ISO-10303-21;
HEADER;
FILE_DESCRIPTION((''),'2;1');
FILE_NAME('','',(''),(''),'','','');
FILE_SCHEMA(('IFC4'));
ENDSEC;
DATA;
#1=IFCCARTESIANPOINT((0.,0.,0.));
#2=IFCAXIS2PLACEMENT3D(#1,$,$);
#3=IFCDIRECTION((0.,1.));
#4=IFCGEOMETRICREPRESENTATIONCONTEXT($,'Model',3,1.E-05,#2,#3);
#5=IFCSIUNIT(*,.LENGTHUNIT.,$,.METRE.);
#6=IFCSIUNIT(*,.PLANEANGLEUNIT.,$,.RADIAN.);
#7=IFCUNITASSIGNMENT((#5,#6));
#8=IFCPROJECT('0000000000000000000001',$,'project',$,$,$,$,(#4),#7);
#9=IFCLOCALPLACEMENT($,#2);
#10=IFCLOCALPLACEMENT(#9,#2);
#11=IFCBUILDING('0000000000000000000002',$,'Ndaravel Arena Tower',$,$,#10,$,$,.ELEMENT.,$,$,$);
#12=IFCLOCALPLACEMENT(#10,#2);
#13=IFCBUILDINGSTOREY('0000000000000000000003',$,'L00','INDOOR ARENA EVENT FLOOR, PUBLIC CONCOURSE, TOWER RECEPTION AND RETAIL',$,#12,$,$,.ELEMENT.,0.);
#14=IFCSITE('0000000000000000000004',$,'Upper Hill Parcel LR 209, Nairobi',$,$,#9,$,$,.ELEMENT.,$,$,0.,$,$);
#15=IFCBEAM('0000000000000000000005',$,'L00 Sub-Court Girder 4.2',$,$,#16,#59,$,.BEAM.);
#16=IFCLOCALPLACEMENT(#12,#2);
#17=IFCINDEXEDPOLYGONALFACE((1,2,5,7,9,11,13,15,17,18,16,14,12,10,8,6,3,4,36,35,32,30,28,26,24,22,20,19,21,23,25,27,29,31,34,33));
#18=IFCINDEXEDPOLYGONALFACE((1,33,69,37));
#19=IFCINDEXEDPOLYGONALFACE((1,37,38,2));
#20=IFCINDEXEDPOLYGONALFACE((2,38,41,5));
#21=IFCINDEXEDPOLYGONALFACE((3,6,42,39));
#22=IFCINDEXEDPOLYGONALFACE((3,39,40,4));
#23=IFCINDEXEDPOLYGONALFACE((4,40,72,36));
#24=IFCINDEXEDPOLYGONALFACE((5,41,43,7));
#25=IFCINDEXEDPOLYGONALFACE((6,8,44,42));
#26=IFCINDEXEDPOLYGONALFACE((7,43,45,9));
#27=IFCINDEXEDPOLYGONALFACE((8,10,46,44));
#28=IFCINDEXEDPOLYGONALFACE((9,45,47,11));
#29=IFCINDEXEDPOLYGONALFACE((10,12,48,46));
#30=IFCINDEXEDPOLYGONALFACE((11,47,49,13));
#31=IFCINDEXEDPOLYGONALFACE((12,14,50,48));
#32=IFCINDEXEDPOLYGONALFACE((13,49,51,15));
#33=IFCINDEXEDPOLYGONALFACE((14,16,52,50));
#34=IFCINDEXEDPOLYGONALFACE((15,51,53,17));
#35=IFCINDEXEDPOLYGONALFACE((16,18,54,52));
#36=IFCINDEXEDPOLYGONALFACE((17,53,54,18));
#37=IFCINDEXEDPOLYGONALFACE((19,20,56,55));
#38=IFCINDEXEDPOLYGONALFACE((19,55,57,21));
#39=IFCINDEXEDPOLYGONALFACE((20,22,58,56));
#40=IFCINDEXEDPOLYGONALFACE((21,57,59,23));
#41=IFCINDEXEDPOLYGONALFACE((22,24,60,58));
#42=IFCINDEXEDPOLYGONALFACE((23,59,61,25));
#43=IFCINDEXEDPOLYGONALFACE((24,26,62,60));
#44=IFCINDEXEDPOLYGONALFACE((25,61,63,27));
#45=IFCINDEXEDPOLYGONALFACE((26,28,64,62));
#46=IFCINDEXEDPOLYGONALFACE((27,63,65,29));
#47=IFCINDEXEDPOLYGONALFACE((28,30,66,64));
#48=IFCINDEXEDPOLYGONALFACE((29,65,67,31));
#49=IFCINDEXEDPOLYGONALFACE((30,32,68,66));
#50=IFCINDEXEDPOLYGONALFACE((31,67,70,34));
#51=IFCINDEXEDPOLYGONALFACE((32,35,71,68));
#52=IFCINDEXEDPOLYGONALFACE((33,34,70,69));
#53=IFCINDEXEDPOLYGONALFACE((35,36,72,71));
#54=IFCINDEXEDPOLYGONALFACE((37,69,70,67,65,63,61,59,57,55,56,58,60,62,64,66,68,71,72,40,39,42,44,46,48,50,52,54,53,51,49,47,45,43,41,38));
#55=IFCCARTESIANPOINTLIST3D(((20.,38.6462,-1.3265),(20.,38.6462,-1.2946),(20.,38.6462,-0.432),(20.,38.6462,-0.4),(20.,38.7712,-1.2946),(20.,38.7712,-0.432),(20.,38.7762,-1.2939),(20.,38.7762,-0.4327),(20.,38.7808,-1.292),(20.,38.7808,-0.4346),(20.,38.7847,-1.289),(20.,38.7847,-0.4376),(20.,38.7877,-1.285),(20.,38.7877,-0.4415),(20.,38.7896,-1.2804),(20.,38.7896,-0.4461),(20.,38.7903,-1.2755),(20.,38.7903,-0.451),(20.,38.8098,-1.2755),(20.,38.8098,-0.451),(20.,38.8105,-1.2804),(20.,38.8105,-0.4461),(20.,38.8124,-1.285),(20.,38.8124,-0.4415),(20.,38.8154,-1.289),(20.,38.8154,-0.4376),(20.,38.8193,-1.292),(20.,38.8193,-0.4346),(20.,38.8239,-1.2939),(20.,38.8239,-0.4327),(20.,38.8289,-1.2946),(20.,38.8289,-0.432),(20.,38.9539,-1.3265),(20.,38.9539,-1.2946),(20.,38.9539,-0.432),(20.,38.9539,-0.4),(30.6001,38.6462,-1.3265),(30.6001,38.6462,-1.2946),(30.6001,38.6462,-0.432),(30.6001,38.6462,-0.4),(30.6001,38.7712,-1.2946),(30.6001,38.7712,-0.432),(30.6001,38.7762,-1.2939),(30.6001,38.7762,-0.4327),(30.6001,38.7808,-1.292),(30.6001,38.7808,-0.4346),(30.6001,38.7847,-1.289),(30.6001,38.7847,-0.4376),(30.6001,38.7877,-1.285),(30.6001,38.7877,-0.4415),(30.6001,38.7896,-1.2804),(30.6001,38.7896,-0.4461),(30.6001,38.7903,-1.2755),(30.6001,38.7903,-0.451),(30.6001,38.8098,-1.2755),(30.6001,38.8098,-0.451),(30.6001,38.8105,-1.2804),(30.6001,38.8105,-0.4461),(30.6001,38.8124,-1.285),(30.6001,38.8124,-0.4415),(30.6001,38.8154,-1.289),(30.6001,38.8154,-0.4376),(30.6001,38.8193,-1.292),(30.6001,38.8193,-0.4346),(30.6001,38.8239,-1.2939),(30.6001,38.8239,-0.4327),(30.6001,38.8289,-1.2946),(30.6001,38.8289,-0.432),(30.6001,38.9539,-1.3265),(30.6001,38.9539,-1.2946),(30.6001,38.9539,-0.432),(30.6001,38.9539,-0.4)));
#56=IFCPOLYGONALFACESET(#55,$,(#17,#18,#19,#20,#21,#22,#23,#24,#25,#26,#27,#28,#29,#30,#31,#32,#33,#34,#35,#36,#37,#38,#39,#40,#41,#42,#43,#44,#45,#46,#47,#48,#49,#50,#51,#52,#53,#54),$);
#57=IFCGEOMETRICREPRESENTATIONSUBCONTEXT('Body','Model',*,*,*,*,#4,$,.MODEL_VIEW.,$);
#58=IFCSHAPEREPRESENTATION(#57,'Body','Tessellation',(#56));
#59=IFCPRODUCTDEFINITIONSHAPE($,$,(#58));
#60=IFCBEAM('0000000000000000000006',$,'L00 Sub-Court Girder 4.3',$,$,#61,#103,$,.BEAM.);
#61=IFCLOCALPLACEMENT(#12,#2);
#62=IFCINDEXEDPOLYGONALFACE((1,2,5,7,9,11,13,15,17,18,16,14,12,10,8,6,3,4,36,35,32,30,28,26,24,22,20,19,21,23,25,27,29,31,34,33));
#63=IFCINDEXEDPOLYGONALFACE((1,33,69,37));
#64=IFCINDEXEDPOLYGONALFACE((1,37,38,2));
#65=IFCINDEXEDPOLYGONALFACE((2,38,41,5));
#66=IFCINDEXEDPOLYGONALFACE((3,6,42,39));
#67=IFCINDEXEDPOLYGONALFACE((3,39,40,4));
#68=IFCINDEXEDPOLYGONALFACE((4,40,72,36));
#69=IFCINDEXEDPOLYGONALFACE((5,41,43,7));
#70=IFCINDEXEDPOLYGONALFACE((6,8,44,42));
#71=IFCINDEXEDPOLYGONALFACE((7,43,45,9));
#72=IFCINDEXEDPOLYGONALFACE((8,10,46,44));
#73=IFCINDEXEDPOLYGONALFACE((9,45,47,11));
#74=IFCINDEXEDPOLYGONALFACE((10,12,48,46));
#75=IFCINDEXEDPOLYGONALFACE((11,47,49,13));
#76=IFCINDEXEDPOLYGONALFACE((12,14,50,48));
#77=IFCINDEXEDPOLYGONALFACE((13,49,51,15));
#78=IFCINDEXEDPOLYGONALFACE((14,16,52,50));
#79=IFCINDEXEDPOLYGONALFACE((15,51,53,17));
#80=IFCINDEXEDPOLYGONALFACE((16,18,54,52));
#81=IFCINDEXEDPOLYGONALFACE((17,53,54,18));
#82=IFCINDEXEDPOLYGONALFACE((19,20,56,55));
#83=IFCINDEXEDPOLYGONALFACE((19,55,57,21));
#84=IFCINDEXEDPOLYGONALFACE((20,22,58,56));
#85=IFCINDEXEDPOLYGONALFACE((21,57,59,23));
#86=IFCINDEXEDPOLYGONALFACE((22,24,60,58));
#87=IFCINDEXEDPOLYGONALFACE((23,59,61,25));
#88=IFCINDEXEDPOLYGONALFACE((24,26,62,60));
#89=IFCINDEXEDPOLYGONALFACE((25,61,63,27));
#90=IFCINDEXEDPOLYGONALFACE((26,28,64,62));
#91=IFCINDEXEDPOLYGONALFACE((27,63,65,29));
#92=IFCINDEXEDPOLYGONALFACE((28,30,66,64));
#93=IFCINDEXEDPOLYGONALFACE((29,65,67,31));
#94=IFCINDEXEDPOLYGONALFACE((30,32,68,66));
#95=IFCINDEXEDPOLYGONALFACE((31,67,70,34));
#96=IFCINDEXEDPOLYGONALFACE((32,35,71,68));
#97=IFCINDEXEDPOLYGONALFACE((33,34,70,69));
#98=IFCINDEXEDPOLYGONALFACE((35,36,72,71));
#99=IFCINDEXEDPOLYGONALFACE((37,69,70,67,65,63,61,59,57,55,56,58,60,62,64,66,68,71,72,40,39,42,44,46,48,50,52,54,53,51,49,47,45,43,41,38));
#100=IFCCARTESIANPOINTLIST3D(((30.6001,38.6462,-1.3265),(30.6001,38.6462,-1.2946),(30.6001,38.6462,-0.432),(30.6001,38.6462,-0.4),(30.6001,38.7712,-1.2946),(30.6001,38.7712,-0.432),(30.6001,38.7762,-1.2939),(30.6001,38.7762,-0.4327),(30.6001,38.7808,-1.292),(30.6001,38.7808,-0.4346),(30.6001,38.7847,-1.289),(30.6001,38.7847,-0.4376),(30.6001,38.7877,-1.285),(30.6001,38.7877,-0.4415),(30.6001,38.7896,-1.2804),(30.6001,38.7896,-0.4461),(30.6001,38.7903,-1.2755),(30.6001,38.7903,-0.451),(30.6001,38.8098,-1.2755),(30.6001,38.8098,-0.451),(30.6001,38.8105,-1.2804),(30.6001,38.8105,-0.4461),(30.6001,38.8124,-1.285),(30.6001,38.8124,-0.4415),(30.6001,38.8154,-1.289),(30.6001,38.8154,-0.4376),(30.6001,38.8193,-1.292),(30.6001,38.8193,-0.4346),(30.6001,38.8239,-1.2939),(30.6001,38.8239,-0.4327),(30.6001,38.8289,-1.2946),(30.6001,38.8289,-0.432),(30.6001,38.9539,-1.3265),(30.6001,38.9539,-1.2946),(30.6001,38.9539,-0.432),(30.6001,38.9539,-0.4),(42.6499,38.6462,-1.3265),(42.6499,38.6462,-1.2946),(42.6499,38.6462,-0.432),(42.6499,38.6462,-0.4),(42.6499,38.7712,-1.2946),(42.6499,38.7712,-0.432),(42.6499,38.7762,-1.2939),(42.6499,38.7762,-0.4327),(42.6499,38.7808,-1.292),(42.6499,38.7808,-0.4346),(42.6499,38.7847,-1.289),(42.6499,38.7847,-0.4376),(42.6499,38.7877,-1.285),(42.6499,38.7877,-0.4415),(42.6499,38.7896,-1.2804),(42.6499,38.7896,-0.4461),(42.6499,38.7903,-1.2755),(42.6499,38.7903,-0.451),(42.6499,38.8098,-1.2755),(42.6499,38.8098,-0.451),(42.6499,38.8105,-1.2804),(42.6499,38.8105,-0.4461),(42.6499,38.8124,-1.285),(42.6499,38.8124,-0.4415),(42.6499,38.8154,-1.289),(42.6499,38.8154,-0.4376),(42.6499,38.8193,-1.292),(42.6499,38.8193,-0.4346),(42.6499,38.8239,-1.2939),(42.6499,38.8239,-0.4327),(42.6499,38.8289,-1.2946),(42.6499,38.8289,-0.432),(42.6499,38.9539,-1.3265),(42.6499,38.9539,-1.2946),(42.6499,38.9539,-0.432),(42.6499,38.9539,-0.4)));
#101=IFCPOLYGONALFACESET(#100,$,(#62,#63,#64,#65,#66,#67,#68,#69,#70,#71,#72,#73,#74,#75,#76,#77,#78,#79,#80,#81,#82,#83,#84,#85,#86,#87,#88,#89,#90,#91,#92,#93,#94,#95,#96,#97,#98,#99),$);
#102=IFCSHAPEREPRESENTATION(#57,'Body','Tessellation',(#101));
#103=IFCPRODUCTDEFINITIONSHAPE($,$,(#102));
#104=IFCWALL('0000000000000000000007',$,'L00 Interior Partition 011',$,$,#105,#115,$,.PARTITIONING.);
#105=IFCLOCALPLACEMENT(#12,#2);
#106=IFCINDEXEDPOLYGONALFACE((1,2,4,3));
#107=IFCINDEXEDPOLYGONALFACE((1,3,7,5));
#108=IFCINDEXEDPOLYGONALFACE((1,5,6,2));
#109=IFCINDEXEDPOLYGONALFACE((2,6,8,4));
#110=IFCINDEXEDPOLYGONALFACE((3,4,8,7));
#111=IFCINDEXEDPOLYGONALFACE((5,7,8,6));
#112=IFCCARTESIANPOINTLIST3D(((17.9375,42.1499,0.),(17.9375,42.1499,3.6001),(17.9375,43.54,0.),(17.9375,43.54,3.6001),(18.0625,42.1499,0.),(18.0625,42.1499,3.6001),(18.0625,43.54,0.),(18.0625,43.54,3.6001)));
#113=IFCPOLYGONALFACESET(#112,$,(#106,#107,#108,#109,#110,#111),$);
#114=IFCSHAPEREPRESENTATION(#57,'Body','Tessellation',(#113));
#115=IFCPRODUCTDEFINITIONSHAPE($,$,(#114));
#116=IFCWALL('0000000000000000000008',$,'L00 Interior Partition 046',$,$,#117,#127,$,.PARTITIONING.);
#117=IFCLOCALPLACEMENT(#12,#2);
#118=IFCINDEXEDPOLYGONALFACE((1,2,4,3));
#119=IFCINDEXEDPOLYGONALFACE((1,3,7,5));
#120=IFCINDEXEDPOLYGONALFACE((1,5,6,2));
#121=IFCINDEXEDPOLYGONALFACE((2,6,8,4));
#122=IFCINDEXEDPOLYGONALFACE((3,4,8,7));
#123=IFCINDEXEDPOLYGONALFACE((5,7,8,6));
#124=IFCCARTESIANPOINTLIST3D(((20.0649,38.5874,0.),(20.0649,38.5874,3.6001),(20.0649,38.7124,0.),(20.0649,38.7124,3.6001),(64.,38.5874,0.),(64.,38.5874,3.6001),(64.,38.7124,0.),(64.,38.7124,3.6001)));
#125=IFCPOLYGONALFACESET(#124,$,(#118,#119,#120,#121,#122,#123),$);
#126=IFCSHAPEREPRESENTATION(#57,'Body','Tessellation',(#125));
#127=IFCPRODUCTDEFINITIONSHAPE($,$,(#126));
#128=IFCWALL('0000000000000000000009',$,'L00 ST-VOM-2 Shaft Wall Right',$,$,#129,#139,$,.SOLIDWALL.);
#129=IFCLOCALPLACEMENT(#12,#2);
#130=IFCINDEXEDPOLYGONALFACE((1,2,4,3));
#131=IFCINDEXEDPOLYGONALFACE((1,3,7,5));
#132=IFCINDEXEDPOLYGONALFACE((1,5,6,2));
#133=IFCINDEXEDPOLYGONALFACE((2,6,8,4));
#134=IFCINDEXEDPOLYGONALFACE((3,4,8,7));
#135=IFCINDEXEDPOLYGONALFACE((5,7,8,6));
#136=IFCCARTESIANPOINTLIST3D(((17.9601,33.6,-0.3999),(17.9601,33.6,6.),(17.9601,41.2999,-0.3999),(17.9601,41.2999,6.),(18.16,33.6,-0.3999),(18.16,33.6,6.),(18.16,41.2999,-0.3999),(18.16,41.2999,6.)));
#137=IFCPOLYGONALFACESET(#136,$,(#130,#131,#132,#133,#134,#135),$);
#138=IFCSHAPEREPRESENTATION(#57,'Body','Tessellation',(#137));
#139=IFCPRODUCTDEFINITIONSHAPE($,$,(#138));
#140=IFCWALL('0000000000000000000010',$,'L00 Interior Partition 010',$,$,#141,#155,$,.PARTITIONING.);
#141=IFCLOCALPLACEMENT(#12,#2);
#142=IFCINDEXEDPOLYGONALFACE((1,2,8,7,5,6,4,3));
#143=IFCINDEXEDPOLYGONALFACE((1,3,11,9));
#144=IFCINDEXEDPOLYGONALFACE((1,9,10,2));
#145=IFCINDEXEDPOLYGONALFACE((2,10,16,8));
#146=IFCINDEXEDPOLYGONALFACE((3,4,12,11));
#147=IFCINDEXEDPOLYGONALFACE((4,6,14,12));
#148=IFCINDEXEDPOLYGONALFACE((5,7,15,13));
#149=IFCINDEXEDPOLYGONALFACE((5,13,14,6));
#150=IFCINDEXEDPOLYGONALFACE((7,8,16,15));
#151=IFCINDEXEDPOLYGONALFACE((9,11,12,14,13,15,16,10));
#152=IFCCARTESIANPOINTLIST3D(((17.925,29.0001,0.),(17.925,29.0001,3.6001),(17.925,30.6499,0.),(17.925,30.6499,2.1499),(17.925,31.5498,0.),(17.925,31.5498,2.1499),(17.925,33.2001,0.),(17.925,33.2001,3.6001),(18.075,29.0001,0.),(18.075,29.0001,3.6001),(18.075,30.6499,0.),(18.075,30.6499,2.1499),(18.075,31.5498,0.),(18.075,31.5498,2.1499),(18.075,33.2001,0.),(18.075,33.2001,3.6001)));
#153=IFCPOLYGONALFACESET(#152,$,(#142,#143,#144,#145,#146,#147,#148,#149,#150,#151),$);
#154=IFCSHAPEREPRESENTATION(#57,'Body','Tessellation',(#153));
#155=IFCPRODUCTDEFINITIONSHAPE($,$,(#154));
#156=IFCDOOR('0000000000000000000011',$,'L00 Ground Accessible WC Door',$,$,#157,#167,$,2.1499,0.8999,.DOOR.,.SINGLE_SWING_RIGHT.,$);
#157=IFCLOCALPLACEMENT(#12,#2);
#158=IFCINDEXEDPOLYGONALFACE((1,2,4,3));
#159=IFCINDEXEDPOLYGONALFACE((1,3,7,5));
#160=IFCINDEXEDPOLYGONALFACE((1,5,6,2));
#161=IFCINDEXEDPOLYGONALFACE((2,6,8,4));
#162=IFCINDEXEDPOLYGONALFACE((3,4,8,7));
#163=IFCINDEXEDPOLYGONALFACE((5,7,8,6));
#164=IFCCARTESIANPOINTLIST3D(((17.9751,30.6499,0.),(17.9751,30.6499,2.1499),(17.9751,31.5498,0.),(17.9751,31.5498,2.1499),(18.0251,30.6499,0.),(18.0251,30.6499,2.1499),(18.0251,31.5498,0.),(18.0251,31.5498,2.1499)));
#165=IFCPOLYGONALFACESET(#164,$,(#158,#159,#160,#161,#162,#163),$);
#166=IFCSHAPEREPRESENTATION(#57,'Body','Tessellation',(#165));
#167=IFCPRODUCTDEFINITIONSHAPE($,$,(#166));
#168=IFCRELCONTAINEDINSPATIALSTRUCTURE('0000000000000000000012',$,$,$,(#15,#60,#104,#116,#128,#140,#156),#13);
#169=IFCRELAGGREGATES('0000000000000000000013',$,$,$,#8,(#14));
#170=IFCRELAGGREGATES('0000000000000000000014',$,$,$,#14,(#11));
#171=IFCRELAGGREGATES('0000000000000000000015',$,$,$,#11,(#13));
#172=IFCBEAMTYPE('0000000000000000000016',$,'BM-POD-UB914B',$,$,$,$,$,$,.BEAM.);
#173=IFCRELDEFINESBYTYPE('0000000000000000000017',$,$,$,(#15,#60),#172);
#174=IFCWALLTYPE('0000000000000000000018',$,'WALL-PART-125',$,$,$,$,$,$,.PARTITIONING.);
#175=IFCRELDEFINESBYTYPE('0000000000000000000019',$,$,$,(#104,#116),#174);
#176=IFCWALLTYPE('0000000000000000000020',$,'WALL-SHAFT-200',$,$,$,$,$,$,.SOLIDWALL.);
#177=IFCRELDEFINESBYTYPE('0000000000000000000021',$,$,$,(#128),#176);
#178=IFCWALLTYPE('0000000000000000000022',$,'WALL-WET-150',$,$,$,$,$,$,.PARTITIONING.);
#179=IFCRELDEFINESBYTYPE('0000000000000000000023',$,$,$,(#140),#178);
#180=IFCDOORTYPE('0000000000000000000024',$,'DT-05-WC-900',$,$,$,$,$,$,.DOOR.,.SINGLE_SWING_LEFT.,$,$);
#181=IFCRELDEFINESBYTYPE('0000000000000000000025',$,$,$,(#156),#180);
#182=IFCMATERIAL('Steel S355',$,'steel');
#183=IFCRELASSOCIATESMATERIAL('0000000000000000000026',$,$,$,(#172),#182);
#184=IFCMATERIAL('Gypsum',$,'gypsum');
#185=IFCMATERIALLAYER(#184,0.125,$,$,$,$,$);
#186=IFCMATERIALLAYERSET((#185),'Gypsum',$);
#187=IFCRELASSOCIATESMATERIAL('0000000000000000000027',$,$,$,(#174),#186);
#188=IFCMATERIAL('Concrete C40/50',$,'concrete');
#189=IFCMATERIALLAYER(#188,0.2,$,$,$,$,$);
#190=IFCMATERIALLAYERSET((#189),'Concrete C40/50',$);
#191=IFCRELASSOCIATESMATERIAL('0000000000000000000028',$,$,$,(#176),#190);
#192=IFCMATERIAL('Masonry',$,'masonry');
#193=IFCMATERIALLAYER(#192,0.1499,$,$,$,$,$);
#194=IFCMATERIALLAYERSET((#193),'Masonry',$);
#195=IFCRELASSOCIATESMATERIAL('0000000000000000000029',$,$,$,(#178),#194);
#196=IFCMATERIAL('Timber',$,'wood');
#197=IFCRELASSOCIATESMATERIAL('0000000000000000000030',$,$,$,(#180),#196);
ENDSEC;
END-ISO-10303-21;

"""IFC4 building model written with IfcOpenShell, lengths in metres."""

from ifc_helpers import new_model, si_unit, direction, frame, frame_2d, origin, origin_2d, place, context, subcontext, project, spatial, rectangle, i_section, extrude, material, layer, layer_set, material_profile, profile_set, type_object, element, fill, save


model = new_model("IFC4")

# Units and contexts
model_context = context("Model", 3, precision=1e-05, world=origin(), true_north=direction((0.0, 1.0)))
body_context = subcontext(model_context, "Body", "Model", "MODEL_VIEW")
ifc_project = project(units=[si_unit("LENGTHUNIT", "METRE"), si_unit("PLANEANGLEUNIT", "RADIAN")], contexts=[model_context])

# Site, building, storey
site_placement = place(None, origin())
site = spatial("IfcSite", under=ifc_project, at=site_placement, Name="Upper Hill Parcel LR 209, Nairobi", CompositionType="ELEMENT", RefElevation=0.0)
building_placement = place(site_placement, origin())
building = spatial("IfcBuilding", under=site, at=building_placement, Name="Ndaravel Arena Tower", CompositionType="ELEMENT")
storey_placement = place(building_placement, origin())
storey = spatial("IfcBuildingStorey", under=building, at=storey_placement, Name="L00", Description="INDOOR ARENA EVENT FLOOR, PUBLIC CONCOURSE, TOWER RECEPTION AND RETAIL", CompositionType="ELEMENT", Elevation=0.0)

# Beams
ifc_material_1 = material(Name="Steel S355", Category="steel")
ifc_material_profile_1 = material_profile(ifc_material_1, i_section(OverallWidth=0.3076, OverallDepth=0.9265, WebThickness=0.0195, FlangeThickness=0.032, FilletRadius=0.019, at=origin_2d()), Name="UB 914x305x289")
ifc_profile_set_1 = profile_set([ifc_material_profile_1], Name="Steel S355")
beam_type_1 = type_object("IfcBeamType", Name="BM-POD-UB914B", PredefinedType="BEAM", material=ifc_profile_set_1)
beam_1_placement = place(storey_placement, frame((20.0, 38.8, -0.8633), z_axis=(1.0, 0.0, 0.0), x_axis=(0.0, 1.0, 0.0)))
element("IfcBeam", 1, at=beam_1_placement, inside=storey, type_object=beam_type_1, Name="L00 Sub-Court Girder 4.2", PredefinedType="BEAM", context=body_context, shape_type="SweptSolid", body=[
    extrude(i_section(OverallWidth=0.3076, OverallDepth=0.9265, WebThickness=0.0195, FlangeThickness=0.032, FilletRadius=0.019, at=origin_2d()), origin(), (0.0, 0.0, 1.0), 10.6001),
])
beam_2_placement = place(storey_placement, frame((30.6001, 38.8, -0.8633), z_axis=(1.0, 0.0, 0.0), x_axis=(0.0, 1.0, 0.0)))
element("IfcBeam", 2, at=beam_2_placement, inside=storey, type_object=beam_type_1, Name="L00 Sub-Court Girder 4.3", PredefinedType="BEAM", context=body_context, shape_type="SweptSolid", body=[
    extrude(i_section(OverallWidth=0.3076, OverallDepth=0.9265, WebThickness=0.0195, FlangeThickness=0.032, FilletRadius=0.019, at=origin_2d()), origin(), (0.0, 0.0, 1.0), 12.0498),
])

# Walls
ifc_material_2 = material(Name="Gypsum", Category="gypsum")
ifc_layer_1 = layer(ifc_material_2, 0.125)
ifc_layer_set_1 = layer_set([ifc_layer_1], Name="Gypsum")
wall_type_1 = type_object("IfcWallType", Name="WALL-PART-125", PredefinedType="PARTITIONING", material=ifc_layer_set_1)
wall_1_placement = place(storey_placement, frame((18.0, 42.1499, 0.0), z_axis=(0.0, 0.0, 1.0), x_axis=(0.0, 1.0, 0.0)))
element("IfcWall", 3, at=wall_1_placement, inside=storey, type_object=wall_type_1, Name="L00 Interior Partition 011", PredefinedType="PARTITIONING", context=body_context, shape_type="SweptSolid", body=[
    extrude(rectangle(XDim=1.3901, YDim=0.125, at=frame_2d((0.6951, 0.0))), origin(), (0.0, 0.0, 1.0), 3.6001),
])
wall_2_placement = place(storey_placement, frame((20.0649, 38.6499, 0.0), z_axis=(0.0, 0.0, 1.0), x_axis=(1.0, 0.0, 0.0)))
element("IfcWall", 4, at=wall_2_placement, inside=storey, type_object=wall_type_1, Name="L00 Interior Partition 046", PredefinedType="PARTITIONING", context=body_context, shape_type="SweptSolid", body=[
    extrude(rectangle(XDim=43.9351, YDim=0.125, at=frame_2d((21.9675, 0.0))), origin(), (0.0, 0.0, 1.0), 3.6001),
])
ifc_material_3 = material(Name="Concrete C40/50", Category="concrete")
ifc_layer_2 = layer(ifc_material_3, 0.2)
ifc_layer_set_2 = layer_set([ifc_layer_2], Name="Concrete C40/50")
wall_type_2 = type_object("IfcWallType", Name="WALL-SHAFT-200", PredefinedType="SOLIDWALL", material=ifc_layer_set_2)
wall_3_placement = place(storey_placement, frame((18.0601, 41.3, -0.3999), z_axis=(0.0, 0.0, 1.0), x_axis=(0.0, -1.0, 0.0)))
element("IfcWall", 5, at=wall_3_placement, inside=storey, type_object=wall_type_2, Name="L00 ST-VOM-2 Shaft Wall Right", PredefinedType="SOLIDWALL", context=body_context, shape_type="SweptSolid", body=[
    extrude(rectangle(XDim=7.7, YDim=0.2, at=frame_2d((3.8501, 0.0))), origin(), (0.0, 0.0, 1.0), 6.3999),
])

# Wall, opening, door
ifc_material_4 = material(Name="Masonry", Category="masonry")
ifc_layer_3 = layer(ifc_material_4, 0.1499)
ifc_layer_set_3 = layer_set([ifc_layer_3], Name="Masonry")
wall_type_3 = type_object("IfcWallType", Name="WALL-WET-150", PredefinedType="PARTITIONING", material=ifc_layer_set_3)
wall_4_placement = place(storey_placement, frame((18.0, 29.0, 0.0), z_axis=(0.0, 0.0, 1.0), x_axis=(0.0, 1.0, 0.0)))
wall_4 = element("IfcWall", 6, at=wall_4_placement, inside=storey, type_object=wall_type_3, Name="L00 Interior Partition 010", PredefinedType="PARTITIONING", context=body_context, shape_type="SweptSolid", body=[
    extrude(rectangle(XDim=4.2, YDim=0.1499, at=frame_2d((2.1001, 0.0))), origin(), (0.0, 0.0, 1.0), 3.6001),
])
opening_placement = place(wall_4_placement, frame((1.6499, 0.0, 0.0)))
opening = element("IfcOpeningElement", 7, at=opening_placement, cuts=wall_4, PredefinedType="OPENING", context=body_context, shape_type="SweptSolid", body=[
    extrude(rectangle(XDim=0.8999, YDim=2.1499, at=frame_2d((0.45, 1.075))), frame((0.0, 0.075, 0.0), z_axis=(0.0, -1.0, 0.0), x_axis=(1.0, 0.0, 0.0)), (0.0, 0.0, 1.0), 0.1499),
])
ifc_material_5 = material(Name="Timber", Category="wood")
door_type = type_object("IfcDoorType", Name="DT-05-WC-900", OperationType="SINGLE_SWING_LEFT", PredefinedType="DOOR", material=ifc_material_5)
door_placement = place(opening_placement, origin())
door = element("IfcDoor", 8, at=door_placement, inside=storey, type_object=door_type, Name="L00 Ground Accessible WC Door", OperationType="SINGLE_SWING_RIGHT", OverallHeight=2.1499, OverallWidth=0.8999, PredefinedType="DOOR", context=body_context, shape_type="SweptSolid", body=[
    extrude(rectangle(XDim=0.8999, YDim=2.1499, at=frame_2d((0.45, 1.075))), frame((0.0, 0.0249, 0.0), z_axis=(0.0, -1.0, 0.0), x_axis=(1.0, 0.0, 0.0)), (0.0, 0.0, 1.0), 0.05),
])
fill(opening, door)

save(model, "model.ifc")
